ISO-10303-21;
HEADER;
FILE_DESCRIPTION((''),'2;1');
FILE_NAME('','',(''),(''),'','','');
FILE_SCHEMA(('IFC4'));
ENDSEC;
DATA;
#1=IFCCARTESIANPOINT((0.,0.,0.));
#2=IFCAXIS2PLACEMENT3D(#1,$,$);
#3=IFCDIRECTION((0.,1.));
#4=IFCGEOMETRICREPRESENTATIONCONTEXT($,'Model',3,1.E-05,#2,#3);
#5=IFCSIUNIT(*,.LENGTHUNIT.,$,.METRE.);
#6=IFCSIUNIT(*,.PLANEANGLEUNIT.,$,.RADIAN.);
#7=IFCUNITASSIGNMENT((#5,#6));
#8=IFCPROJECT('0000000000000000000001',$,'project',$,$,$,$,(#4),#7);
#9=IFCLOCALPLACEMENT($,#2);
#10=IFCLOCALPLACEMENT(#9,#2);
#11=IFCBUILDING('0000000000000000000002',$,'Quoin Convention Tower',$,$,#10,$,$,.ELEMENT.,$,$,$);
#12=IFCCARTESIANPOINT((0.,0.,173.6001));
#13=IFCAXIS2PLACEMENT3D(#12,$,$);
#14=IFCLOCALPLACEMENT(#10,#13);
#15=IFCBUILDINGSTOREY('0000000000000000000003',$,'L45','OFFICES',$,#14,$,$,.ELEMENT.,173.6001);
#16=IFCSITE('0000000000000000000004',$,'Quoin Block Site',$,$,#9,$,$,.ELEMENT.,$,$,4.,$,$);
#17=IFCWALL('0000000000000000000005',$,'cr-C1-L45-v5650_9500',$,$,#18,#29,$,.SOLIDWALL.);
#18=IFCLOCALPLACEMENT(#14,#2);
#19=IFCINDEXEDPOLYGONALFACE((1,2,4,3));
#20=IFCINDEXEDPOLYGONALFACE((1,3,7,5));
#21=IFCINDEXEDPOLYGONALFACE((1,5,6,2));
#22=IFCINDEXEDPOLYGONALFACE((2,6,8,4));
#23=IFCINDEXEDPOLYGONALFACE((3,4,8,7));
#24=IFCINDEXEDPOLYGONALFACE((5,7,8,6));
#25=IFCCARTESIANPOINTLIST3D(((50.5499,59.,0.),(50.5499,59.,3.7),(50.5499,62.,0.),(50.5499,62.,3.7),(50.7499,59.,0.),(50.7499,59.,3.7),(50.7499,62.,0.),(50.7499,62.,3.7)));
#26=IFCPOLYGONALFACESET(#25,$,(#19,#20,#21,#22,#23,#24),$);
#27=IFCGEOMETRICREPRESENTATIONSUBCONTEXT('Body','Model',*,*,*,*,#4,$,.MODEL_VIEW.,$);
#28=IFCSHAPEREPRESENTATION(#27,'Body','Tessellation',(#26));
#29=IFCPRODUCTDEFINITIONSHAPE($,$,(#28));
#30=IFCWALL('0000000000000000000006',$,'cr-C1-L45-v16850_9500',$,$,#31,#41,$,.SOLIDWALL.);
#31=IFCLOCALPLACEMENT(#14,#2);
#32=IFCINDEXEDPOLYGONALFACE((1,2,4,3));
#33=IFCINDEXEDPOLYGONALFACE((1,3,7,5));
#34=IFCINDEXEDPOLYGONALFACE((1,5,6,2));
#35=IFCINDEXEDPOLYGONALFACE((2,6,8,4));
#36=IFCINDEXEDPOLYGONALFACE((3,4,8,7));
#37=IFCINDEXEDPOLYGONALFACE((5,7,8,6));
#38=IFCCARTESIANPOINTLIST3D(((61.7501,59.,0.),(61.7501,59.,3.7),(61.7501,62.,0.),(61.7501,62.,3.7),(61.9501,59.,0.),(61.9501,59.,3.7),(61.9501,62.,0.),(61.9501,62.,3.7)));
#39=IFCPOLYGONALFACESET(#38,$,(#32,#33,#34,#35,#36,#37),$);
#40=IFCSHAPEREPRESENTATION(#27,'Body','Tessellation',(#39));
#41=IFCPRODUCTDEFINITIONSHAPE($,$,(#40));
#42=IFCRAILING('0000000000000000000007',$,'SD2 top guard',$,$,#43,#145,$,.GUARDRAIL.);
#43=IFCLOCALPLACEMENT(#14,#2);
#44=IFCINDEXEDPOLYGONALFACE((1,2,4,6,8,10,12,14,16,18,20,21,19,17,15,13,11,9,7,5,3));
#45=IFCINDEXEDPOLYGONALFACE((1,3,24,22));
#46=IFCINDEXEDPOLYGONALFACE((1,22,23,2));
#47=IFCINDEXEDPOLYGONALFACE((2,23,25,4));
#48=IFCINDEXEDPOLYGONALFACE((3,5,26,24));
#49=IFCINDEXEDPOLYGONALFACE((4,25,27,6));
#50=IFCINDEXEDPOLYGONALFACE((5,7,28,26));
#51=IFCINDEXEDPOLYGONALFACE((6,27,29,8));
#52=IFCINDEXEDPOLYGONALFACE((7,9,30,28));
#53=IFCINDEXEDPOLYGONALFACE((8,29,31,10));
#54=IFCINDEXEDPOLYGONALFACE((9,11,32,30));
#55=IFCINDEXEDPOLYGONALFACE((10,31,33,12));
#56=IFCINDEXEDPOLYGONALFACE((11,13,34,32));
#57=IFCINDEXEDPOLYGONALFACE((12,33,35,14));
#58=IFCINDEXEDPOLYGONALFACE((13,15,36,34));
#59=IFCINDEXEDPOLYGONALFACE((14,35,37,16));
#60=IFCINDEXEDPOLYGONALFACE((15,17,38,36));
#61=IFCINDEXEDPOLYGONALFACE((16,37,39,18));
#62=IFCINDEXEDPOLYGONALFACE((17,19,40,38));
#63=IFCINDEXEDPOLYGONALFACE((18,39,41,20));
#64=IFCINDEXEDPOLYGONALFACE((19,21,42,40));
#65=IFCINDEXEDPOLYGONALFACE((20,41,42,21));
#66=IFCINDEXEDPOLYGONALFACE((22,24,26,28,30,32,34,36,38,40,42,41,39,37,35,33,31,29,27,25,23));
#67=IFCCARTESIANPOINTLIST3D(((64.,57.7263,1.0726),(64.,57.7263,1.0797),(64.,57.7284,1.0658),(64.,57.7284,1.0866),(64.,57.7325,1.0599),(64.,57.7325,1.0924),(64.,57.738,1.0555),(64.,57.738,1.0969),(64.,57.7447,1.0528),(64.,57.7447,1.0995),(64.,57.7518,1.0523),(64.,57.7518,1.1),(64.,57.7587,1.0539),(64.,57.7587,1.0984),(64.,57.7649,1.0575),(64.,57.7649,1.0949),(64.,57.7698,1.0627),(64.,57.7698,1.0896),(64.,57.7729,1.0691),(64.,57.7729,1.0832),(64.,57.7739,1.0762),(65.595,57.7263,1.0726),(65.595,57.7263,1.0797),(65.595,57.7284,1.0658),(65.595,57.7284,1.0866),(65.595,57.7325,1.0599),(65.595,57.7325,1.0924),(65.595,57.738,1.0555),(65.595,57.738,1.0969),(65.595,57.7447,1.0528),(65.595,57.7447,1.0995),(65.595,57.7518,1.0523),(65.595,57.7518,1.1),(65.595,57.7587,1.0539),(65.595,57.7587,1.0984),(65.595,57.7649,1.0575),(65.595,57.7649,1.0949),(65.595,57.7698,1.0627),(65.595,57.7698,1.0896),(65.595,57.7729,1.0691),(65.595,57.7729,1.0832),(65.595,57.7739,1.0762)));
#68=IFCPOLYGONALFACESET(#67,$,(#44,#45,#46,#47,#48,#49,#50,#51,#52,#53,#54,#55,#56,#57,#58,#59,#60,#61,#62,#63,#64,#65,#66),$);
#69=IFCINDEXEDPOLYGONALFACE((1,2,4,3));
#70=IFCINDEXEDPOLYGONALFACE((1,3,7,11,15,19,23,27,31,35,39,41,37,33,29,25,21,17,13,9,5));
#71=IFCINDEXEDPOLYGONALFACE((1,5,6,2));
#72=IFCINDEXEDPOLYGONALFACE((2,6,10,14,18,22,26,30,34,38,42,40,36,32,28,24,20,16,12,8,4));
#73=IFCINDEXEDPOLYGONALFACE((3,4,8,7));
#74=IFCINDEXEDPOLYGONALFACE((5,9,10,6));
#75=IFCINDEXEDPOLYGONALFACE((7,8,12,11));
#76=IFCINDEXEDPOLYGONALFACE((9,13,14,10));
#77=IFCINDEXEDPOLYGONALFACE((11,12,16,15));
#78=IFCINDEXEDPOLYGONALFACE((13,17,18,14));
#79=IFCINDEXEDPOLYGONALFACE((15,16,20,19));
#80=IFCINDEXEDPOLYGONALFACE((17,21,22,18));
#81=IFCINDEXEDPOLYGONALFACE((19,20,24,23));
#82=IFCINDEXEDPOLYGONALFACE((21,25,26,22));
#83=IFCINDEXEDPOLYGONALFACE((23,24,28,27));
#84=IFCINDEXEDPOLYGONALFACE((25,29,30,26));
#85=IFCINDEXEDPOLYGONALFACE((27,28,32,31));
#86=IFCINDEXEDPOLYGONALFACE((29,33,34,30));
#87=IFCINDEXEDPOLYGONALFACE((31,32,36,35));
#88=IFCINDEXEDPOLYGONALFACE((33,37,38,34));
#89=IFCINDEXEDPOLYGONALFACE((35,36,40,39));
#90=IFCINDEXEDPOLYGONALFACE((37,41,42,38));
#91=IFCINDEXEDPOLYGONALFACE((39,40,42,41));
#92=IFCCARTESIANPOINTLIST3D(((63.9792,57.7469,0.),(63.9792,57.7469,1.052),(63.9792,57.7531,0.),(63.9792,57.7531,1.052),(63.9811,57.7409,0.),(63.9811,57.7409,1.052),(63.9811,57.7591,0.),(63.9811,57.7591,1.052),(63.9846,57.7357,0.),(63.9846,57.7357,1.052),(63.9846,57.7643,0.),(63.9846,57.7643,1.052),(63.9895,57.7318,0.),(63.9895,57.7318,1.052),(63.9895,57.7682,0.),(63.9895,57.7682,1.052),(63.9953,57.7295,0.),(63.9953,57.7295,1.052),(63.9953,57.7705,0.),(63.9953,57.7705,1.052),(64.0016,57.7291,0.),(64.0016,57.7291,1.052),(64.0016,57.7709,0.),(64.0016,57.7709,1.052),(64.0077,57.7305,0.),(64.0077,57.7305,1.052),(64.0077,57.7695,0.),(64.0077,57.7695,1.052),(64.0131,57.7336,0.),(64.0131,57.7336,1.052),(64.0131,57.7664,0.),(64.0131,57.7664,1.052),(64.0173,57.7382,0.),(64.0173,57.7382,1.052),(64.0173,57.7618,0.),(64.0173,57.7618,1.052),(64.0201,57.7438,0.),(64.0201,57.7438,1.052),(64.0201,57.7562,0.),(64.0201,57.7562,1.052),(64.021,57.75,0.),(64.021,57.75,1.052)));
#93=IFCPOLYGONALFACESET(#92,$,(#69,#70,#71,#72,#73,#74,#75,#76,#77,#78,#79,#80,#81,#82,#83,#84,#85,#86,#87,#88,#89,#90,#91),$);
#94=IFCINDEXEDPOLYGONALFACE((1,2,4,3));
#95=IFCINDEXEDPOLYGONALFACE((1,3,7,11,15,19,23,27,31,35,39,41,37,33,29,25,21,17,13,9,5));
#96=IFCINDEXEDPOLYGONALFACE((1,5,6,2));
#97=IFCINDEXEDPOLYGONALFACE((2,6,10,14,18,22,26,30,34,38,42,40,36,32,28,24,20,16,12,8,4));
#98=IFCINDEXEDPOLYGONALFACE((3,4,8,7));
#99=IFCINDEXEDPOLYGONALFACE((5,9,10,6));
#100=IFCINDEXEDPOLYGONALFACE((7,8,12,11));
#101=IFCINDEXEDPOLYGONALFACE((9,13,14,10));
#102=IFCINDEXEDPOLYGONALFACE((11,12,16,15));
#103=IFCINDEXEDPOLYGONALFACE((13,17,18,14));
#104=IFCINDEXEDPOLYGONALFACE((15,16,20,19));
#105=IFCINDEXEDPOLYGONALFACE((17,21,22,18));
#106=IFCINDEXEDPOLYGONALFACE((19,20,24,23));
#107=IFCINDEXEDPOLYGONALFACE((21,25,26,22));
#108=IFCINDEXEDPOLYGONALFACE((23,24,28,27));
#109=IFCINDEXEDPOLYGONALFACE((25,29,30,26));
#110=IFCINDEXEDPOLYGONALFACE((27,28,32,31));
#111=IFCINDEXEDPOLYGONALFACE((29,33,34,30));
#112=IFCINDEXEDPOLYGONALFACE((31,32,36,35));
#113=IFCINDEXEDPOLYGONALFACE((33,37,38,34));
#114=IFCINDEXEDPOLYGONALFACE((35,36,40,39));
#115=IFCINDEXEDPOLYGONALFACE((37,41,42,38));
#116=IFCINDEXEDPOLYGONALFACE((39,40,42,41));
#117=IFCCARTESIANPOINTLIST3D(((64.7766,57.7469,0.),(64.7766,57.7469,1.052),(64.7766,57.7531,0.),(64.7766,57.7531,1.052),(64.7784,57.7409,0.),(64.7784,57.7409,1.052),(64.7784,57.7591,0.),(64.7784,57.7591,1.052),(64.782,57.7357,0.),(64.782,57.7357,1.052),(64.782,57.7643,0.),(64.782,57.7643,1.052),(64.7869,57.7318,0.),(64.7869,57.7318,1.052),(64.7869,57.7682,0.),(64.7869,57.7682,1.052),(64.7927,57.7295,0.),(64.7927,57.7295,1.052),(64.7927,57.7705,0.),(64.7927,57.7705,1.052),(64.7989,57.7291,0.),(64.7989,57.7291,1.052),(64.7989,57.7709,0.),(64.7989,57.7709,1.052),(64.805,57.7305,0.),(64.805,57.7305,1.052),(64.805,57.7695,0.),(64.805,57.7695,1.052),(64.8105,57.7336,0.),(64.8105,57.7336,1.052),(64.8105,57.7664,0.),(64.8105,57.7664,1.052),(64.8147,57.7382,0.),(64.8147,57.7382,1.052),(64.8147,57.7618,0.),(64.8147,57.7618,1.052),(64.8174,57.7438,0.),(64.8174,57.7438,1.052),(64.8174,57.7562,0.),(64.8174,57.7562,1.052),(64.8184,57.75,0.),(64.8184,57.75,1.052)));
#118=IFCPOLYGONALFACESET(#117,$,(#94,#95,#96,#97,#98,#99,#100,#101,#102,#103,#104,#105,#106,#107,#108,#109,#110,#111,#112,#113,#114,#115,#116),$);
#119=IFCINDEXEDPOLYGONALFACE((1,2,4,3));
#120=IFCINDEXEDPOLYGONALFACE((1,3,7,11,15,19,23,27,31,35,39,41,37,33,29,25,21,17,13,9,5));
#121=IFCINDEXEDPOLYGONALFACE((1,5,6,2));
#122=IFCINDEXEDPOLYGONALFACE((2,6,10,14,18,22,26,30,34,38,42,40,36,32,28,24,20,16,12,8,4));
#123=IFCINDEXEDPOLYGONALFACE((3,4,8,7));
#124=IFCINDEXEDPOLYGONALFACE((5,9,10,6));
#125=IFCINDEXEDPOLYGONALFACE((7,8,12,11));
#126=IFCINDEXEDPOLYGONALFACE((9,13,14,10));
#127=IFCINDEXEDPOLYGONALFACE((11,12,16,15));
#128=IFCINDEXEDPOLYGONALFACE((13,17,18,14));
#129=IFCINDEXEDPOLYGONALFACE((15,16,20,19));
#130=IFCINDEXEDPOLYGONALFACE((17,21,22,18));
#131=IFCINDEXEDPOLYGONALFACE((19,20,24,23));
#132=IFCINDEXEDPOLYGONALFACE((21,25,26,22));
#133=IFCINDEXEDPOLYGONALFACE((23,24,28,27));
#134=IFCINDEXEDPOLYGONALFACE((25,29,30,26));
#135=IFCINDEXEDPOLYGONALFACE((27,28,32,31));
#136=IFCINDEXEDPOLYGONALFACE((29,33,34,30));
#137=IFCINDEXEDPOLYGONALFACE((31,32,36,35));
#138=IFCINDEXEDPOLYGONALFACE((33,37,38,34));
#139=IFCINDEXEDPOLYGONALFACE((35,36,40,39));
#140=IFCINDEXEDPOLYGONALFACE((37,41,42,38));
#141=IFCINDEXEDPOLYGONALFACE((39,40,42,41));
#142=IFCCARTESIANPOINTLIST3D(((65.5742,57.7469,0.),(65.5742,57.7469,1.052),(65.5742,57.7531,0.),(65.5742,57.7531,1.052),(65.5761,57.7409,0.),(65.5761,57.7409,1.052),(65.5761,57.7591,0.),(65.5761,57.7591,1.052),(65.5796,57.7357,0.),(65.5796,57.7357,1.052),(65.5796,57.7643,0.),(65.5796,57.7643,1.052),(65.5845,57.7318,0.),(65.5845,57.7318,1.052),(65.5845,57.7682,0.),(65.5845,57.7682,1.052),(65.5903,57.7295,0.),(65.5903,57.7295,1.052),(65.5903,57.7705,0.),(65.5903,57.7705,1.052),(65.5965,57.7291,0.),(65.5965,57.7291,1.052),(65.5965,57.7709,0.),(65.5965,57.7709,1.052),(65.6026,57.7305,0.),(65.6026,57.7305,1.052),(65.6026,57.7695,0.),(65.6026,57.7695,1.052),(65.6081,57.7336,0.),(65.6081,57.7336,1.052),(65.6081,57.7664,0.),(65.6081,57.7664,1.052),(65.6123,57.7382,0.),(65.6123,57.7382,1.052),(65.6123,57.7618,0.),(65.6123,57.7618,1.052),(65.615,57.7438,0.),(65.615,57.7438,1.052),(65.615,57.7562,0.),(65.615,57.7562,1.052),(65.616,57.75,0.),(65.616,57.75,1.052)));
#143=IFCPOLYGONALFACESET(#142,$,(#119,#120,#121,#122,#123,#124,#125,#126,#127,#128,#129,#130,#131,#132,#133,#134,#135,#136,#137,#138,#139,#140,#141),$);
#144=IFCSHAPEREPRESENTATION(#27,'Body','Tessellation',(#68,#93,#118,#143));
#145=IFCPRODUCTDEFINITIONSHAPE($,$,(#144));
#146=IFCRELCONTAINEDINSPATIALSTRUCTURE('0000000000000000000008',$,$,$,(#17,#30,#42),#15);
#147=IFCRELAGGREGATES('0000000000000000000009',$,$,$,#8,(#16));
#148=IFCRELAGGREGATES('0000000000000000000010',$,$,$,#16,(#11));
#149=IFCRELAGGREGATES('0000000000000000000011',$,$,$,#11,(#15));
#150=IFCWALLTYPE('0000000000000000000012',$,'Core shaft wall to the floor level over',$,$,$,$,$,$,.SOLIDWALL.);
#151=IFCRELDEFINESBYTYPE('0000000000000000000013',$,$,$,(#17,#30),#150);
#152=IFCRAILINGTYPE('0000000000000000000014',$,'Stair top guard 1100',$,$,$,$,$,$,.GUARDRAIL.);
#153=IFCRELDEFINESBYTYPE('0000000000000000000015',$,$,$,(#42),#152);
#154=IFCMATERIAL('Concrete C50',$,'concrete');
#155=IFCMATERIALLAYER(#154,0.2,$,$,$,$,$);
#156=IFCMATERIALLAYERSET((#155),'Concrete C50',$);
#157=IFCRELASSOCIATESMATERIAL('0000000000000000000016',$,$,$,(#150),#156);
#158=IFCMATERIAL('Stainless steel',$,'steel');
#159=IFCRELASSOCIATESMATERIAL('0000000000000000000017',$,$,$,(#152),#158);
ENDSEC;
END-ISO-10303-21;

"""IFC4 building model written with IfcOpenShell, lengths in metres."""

from ifc_helpers import new_model, si_unit, direction, frame, frame_2d, origin, origin_2d, place, context, subcontext, project, spatial, rectangle, circle, extrude, material, layer, layer_set, type_object, element, save


model = new_model("IFC4")

# Units and contexts
model_context = context("Model", 3, precision=1e-05, world=origin(), true_north=direction((0.0, 1.0)))
body_context = subcontext(model_context, "Body", "Model", "MODEL_VIEW")
ifc_project = project(units=[si_unit("LENGTHUNIT", "METRE"), si_unit("PLANEANGLEUNIT", "RADIAN")], contexts=[model_context])

# Site, building, storey
site_placement = place(None, origin())
site = spatial("IfcSite", under=ifc_project, at=site_placement, Name="Quoin Block Site", CompositionType="ELEMENT", RefElevation=4.0)
building_placement = place(site_placement, origin())
building = spatial("IfcBuilding", under=site, at=building_placement, Name="Quoin Convention Tower", CompositionType="ELEMENT")
storey_placement = place(building_placement, frame((0.0, 0.0, 173.6001)))
storey = spatial("IfcBuildingStorey", under=building, at=storey_placement, Name="L45", Description="OFFICES", CompositionType="ELEMENT", Elevation=173.6001)

# Walls
ifc_material_1 = material(Name="Concrete C50", Category="concrete")
ifc_layer_1 = layer(ifc_material_1, 0.2)
ifc_layer_set_1 = layer_set([ifc_layer_1], Name="Concrete C50")
wall_type_1 = type_object("IfcWallType", Name="Core shaft wall to the floor level over", PredefinedType="SOLIDWALL", material=ifc_layer_set_1)
for number, where, z_axis, x_axis, name in (
    (1, (50.6499, 59.0, 0.0), (0.0, 0.0, 1.0), (0.0, 1.0, 0.0), "cr-C1-L45-v5650_9500"),
    (2, (61.8501, 59.0, 0.0), (0.0, 0.0, 1.0), (0.0, 1.0, 0.0), "cr-C1-L45-v16850_9500"),
):
    element("IfcWall", number, at=place(storey_placement, frame(where, z_axis=z_axis, x_axis=x_axis)), inside=storey, type_object=wall_type_1, Name=name, PredefinedType="SOLIDWALL", context=body_context, shape_type="SweptSolid", body=[
        extrude(rectangle(XDim=3.0, YDim=0.2, at=frame_2d((1.5, 0.0))), origin(), (0.0, 0.0, 1.0), 3.7),
    ])

# Railing
ifc_material_2 = material(Name="Stainless steel", Category="steel")
railing_type = type_object("IfcRailingType", Name="Stair top guard 1100", PredefinedType="GUARDRAIL", material=ifc_material_2)
railing_placement = place(storey_placement, frame((64.0, 57.75, 0.0)))
element("IfcRailing", 3, at=railing_placement, inside=storey, type_object=railing_type, Name="SD2 top guard", PredefinedType="GUARDRAIL", context=body_context, shape_type="SweptSolid", body=[
    extrude(circle(Radius=0.0239, at=origin_2d()), frame((0.0, 0.0, 1.0762), z_axis=(1.0, 0.0, 0.0), x_axis=(0.0, 1.0, 0.0)), (0.0, 0.0, 1.0), 1.595),
    extrude(circle(Radius=0.021, at=origin_2d()), origin(), (0.0, 0.0, 1.0), 1.052),
    extrude(circle(Radius=0.021, at=origin_2d()), frame((0.7974, 0.0, 0.0)), (0.0, 0.0, 1.0), 1.052),
    extrude(circle(Radius=0.021, at=origin_2d()), frame((1.595, 0.0, 0.0)), (0.0, 0.0, 1.0), 1.052),
])

save(model, "model.ifc")
